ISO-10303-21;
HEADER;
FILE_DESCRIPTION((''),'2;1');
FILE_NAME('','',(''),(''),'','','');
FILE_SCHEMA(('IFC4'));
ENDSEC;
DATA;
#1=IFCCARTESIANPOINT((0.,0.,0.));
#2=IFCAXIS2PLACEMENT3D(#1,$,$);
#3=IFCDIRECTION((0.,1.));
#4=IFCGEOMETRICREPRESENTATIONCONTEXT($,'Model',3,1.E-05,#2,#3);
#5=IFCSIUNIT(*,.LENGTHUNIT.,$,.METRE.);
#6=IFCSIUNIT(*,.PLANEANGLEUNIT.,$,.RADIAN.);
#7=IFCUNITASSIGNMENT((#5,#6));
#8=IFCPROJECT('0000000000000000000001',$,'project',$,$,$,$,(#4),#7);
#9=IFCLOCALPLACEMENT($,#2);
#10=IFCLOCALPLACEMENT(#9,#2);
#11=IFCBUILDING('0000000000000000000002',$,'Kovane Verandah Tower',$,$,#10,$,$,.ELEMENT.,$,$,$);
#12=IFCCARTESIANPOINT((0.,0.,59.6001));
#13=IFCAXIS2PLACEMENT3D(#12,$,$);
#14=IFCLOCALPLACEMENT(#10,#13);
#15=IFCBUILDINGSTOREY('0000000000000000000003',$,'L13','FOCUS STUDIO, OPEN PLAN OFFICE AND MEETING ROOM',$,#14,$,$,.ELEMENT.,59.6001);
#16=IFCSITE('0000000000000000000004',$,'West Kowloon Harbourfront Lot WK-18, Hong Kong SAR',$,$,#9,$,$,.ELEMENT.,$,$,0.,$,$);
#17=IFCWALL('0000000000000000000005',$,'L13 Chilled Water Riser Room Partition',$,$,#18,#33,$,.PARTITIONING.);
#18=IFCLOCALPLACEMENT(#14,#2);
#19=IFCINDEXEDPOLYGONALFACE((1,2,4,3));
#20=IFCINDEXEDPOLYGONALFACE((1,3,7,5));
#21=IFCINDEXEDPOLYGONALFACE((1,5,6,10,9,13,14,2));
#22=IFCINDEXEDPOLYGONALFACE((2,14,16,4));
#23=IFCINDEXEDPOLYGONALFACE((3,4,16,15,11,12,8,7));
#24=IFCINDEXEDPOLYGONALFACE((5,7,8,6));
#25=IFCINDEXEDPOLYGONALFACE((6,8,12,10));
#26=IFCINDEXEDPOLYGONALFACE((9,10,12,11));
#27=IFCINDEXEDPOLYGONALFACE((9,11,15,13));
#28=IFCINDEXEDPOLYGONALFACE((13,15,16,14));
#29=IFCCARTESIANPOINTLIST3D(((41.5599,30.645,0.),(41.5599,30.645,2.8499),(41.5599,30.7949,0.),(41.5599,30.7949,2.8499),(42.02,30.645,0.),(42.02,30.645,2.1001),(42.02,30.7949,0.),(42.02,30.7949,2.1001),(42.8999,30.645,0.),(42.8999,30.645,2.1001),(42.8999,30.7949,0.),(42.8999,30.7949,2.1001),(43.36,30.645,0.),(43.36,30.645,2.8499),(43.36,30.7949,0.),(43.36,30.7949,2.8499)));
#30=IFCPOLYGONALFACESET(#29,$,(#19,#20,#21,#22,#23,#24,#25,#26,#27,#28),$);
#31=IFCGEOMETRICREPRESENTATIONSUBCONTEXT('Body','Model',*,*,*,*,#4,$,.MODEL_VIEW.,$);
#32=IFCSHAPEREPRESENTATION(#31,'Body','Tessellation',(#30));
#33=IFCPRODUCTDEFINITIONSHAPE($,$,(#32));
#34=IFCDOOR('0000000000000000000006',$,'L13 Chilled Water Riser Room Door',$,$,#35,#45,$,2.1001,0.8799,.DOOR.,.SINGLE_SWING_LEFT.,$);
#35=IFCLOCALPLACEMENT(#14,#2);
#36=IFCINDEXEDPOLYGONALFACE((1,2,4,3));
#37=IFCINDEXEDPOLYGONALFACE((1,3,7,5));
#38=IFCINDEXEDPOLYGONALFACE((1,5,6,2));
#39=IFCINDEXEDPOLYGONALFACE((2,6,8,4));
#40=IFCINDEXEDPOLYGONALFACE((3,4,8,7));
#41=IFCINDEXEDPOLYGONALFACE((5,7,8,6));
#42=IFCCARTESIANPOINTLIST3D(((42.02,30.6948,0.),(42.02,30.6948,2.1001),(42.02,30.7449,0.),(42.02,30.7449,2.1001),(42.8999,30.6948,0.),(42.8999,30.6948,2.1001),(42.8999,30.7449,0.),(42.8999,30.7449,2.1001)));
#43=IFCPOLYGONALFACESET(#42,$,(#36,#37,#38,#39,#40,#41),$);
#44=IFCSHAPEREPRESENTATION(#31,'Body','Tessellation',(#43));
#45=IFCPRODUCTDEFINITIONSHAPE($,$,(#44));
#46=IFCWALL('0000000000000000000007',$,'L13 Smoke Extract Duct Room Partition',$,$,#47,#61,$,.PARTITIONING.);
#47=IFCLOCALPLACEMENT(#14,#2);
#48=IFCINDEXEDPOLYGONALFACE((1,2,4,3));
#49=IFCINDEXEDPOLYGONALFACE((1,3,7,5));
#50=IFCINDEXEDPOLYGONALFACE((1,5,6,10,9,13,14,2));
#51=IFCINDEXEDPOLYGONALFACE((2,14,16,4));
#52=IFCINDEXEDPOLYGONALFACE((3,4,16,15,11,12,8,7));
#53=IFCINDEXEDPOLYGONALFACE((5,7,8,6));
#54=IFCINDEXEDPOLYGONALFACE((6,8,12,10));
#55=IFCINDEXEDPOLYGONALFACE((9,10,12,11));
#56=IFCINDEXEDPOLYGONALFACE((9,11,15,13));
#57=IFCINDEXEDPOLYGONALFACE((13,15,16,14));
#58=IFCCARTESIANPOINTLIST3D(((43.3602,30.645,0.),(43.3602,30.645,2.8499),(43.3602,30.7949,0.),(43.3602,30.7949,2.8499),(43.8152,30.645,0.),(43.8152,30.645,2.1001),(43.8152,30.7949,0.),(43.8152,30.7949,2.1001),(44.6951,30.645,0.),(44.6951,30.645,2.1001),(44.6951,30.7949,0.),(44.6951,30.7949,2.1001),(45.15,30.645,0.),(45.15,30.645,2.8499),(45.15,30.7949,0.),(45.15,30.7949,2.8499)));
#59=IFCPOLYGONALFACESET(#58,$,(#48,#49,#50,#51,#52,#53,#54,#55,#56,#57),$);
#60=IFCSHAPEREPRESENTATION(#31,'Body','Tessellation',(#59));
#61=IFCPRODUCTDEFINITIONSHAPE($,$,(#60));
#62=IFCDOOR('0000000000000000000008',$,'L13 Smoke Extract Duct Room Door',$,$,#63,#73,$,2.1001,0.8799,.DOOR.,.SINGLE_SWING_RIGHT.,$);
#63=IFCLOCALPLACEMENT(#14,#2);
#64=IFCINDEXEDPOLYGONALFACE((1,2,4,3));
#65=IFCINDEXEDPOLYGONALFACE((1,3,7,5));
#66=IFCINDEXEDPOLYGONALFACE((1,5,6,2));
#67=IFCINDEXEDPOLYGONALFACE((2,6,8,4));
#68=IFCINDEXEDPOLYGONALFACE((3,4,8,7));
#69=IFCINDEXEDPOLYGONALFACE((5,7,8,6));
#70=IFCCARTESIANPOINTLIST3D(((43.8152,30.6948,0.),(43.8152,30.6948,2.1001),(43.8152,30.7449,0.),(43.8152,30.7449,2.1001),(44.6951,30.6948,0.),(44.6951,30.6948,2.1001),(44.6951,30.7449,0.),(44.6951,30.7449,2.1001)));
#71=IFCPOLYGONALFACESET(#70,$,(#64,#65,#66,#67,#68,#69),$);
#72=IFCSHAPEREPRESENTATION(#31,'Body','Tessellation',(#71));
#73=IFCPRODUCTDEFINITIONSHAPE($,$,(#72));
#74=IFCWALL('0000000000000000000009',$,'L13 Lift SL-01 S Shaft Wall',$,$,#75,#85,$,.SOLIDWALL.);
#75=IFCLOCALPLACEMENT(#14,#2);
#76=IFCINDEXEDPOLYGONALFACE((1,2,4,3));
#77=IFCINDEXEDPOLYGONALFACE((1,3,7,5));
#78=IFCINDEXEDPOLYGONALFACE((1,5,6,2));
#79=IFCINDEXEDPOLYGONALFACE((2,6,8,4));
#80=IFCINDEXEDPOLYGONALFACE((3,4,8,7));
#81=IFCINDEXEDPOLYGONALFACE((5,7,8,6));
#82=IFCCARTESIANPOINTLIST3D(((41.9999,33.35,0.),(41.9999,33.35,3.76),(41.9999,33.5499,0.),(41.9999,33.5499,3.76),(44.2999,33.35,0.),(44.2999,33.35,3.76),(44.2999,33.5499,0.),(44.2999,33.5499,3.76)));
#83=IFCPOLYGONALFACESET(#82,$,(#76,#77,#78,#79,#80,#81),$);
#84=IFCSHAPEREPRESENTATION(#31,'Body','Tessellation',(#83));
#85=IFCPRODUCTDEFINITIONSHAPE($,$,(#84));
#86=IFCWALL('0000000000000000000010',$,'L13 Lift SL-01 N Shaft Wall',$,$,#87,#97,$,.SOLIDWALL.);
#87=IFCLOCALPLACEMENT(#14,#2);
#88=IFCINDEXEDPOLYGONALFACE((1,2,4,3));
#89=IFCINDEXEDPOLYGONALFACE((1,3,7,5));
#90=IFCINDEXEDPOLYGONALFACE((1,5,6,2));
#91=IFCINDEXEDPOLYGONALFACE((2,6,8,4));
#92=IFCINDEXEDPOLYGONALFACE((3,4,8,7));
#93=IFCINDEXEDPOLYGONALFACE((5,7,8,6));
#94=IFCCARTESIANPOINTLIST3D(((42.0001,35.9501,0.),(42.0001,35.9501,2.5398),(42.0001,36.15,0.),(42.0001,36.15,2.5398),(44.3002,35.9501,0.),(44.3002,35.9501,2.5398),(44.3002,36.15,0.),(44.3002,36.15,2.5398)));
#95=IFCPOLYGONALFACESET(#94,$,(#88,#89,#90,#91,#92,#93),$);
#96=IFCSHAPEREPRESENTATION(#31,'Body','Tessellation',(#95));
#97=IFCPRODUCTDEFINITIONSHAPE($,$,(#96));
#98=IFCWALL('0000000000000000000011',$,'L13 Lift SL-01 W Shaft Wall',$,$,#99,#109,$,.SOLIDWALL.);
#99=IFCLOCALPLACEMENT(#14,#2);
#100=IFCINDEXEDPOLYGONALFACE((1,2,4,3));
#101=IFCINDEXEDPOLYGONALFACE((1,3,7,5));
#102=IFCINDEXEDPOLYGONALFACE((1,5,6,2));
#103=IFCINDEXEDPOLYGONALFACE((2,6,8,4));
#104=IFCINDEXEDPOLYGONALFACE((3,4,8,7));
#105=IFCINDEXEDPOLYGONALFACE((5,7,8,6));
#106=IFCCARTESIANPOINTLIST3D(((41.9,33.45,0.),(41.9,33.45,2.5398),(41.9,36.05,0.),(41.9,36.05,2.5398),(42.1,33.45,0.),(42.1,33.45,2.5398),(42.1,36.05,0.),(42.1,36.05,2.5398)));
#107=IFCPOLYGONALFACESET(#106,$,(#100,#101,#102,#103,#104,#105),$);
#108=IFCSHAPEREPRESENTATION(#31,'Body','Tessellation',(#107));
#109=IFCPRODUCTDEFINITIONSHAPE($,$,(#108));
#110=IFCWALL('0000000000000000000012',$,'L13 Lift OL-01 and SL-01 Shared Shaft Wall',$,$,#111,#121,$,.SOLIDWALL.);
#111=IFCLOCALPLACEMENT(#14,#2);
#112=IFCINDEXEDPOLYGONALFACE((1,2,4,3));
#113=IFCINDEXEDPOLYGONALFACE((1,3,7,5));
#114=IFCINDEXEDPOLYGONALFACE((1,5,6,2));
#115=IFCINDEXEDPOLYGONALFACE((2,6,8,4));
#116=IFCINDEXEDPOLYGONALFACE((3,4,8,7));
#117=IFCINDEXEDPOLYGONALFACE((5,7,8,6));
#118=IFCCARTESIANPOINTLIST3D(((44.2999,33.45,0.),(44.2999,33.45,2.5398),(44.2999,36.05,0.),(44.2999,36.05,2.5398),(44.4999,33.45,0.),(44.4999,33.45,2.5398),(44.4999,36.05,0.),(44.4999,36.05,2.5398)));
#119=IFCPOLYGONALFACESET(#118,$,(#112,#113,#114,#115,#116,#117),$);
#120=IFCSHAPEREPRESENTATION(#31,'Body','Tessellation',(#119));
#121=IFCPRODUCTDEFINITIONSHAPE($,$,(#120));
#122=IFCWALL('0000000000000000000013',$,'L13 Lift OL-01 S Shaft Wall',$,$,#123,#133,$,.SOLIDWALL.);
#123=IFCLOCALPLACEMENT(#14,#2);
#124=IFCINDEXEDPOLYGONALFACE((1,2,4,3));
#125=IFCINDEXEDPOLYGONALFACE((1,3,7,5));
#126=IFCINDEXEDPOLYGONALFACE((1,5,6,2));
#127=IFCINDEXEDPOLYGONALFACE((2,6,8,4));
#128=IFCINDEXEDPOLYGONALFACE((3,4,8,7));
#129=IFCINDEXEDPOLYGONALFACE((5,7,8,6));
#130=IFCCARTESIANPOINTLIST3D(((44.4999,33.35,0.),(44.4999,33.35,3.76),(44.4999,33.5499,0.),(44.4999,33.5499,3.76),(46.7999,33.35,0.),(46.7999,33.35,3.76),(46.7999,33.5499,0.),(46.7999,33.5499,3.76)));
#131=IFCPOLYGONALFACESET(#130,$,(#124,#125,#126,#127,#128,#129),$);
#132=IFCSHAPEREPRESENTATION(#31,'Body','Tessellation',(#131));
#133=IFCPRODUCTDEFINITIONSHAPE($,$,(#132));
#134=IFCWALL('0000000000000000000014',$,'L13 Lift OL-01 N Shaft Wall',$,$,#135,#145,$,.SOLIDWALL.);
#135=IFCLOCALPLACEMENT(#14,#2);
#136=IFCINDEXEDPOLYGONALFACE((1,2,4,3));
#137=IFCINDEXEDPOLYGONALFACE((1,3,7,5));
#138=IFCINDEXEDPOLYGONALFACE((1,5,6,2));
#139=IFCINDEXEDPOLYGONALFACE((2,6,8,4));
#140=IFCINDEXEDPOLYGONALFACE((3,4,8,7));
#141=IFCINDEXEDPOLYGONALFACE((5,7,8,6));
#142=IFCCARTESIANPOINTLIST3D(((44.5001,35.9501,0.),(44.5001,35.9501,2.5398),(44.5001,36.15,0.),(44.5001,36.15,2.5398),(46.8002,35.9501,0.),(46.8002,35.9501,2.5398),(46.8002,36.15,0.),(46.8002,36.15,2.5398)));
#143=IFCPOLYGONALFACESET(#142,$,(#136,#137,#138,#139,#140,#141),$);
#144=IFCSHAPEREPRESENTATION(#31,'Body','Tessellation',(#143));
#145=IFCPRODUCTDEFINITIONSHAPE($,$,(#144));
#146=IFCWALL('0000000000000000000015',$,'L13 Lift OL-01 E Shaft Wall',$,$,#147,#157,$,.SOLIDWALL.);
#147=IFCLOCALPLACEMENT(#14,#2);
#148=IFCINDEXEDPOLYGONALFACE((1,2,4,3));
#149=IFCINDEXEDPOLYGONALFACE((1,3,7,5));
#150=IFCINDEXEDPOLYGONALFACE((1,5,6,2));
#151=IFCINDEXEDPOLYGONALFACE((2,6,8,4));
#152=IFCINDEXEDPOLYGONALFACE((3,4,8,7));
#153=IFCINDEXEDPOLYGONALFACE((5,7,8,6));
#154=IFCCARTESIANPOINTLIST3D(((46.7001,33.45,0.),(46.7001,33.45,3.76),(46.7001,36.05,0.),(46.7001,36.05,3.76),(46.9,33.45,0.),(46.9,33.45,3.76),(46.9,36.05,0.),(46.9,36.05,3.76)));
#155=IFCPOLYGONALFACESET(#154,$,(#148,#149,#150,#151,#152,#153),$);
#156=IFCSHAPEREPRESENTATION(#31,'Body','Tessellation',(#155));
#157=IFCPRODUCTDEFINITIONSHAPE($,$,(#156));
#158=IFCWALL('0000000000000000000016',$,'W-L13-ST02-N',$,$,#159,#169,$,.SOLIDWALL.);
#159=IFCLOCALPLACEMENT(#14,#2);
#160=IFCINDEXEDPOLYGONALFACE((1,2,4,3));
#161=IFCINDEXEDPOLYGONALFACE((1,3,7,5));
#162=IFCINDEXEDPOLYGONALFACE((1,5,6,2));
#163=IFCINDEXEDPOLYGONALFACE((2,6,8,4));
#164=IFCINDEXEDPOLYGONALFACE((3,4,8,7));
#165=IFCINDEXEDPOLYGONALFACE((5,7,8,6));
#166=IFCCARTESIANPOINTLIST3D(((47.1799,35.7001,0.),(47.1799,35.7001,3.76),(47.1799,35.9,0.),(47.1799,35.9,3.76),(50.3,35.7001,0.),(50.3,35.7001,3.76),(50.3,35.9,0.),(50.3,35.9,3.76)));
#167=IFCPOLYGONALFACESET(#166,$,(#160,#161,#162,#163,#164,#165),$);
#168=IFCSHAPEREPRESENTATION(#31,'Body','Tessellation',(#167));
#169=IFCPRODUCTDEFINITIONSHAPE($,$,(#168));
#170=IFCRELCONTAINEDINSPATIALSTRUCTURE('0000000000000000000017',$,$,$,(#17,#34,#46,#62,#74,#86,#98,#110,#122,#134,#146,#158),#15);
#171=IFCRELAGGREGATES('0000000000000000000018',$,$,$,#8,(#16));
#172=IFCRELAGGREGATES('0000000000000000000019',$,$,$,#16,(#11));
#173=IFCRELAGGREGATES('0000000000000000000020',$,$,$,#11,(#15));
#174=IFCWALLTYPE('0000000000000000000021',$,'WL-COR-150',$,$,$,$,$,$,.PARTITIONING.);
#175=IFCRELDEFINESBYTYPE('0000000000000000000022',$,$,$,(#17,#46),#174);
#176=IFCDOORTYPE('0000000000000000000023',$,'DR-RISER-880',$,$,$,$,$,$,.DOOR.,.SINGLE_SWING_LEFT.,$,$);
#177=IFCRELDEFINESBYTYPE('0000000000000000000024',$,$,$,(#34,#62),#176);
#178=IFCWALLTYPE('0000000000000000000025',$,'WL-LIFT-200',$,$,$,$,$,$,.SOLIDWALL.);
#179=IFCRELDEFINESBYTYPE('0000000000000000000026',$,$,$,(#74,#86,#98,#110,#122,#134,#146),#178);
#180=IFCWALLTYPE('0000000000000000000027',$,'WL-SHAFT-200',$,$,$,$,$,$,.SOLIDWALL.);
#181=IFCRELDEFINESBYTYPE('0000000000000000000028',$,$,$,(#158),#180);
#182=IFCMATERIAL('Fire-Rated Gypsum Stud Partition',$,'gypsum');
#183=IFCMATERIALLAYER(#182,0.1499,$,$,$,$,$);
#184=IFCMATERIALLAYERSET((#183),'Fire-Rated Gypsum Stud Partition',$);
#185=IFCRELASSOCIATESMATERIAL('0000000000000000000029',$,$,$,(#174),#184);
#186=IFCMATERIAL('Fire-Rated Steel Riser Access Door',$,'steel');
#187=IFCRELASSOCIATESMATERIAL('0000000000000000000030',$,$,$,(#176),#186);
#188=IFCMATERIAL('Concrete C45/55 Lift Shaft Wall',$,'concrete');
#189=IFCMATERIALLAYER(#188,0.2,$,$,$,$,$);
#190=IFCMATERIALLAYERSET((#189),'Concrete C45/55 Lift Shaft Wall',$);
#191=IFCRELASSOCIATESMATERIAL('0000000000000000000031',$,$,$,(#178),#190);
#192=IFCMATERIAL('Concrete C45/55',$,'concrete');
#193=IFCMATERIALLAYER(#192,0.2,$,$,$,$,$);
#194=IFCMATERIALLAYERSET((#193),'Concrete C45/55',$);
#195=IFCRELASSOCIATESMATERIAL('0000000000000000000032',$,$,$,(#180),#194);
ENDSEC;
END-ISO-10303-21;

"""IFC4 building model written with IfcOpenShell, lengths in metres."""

from ifc_helpers import new_model, si_unit, direction, frame, frame_2d, origin, place, context, subcontext, project, spatial, rectangle, extrude, material, layer, layer_set, type_object, element, fill, save


model = new_model("IFC4")

# Units and contexts
model_context = context("Model", 3, precision=1e-05, world=origin(), true_north=direction((0.0, 1.0)))
body_context = subcontext(model_context, "Body", "Model", "MODEL_VIEW")
ifc_project = project(units=[si_unit("LENGTHUNIT", "METRE"), si_unit("PLANEANGLEUNIT", "RADIAN")], contexts=[model_context])

# Site, building, storey
site_placement = place(None, origin())
site = spatial("IfcSite", under=ifc_project, at=site_placement, Name="West Kowloon Harbourfront Lot WK-18, Hong Kong SAR", CompositionType="ELEMENT", RefElevation=0.0)
building_placement = place(site_placement, origin())
building = spatial("IfcBuilding", under=site, at=building_placement, Name="Kovane Verandah Tower", CompositionType="ELEMENT")
storey_placement = place(building_placement, frame((0.0, 0.0, 59.6001)))
storey = spatial("IfcBuildingStorey", under=building, at=storey_placement, Name="L13", Description="FOCUS STUDIO, OPEN PLAN OFFICE AND MEETING ROOM", CompositionType="ELEMENT", Elevation=59.6001)

# Walls, openings, doors
ifc_material_1 = material(Name="Fire-Rated Gypsum Stud Partition", Category="gypsum")
ifc_layer_1 = layer(ifc_material_1, 0.1499)
ifc_layer_set_1 = layer_set([ifc_layer_1], Name="Fire-Rated Gypsum Stud Partition")
wall_type_1 = type_object("IfcWallType", Name="WL-COR-150", PredefinedType="PARTITIONING", material=ifc_layer_set_1)
wall_1_placement = place(storey_placement, frame((41.5601, 30.72, 0.0), z_axis=(0.0, 0.0, 1.0), x_axis=(1.0, 0.0, 0.0)))
wall_1 = element("IfcWall", 1, at=wall_1_placement, inside=storey, type_object=wall_type_1, Name="L13 Chilled Water Riser Room Partition", PredefinedType="PARTITIONING", context=body_context, shape_type="SweptSolid", body=[
    extrude(rectangle(XDim=1.8, YDim=0.1499, at=frame_2d((0.8999, 0.0))), origin(), (0.0, 0.0, 1.0), 2.8499),
])
opening_1_placement = place(wall_1_placement, frame((0.46, 0.0, 0.0)))
opening_1 = element("IfcOpeningElement", 2, at=opening_1_placement, cuts=wall_1, PredefinedType="OPENING", context=body_context, shape_type="SweptSolid", body=[
    extrude(rectangle(XDim=0.8799, YDim=2.1001, at=frame_2d((0.4399, 1.05))), frame((0.0, 0.075, 0.0), z_axis=(0.0, -1.0, 0.0), x_axis=(1.0, 0.0, 0.0)), (0.0, 0.0, 1.0), 0.1499),
])
ifc_material_2 = material(Name="Fire-Rated Steel Riser Access Door", Category="steel")
door_type = type_object("IfcDoorType", Name="DR-RISER-880", OperationType="SINGLE_SWING_LEFT", PredefinedType="DOOR", material=ifc_material_2)
door_1_placement = place(opening_1_placement, origin())
door_1 = element("IfcDoor", 3, at=door_1_placement, inside=storey, type_object=door_type, Name="L13 Chilled Water Riser Room Door", OperationType="SINGLE_SWING_LEFT", OverallHeight=2.1001, OverallWidth=0.8799, PredefinedType="DOOR", context=body_context, shape_type="SweptSolid", body=[
    extrude(rectangle(XDim=0.8799, YDim=2.1001, at=frame_2d((0.4399, 1.05))), frame((0.0, 0.0249, 0.0), z_axis=(0.0, -1.0, 0.0), x_axis=(1.0, 0.0, 0.0)), (0.0, 0.0, 1.0), 0.05),
])
fill(opening_1, door_1)
wall_2_placement = place(storey_placement, frame((43.3601, 30.72, 0.0), z_axis=(0.0, 0.0, 1.0), x_axis=(1.0, 0.0, 0.0)))
wall_2 = element("IfcWall", 4, at=wall_2_placement, inside=storey, type_object=wall_type_1, Name="L13 Smoke Extract Duct Room Partition", PredefinedType="PARTITIONING", context=body_context, shape_type="SweptSolid", body=[
    extrude(rectangle(XDim=1.7898, YDim=0.1499, at=frame_2d((0.895, 0.0))), origin(), (0.0, 0.0, 1.0), 2.8499),
])
opening_2_placement = place(wall_2_placement, frame((0.4551, 0.0, 0.0)))
opening_2 = element("IfcOpeningElement", 5, at=opening_2_placement, cuts=wall_2, PredefinedType="OPENING", context=body_context, shape_type="SweptSolid", body=[
    extrude(rectangle(XDim=0.8799, YDim=2.1001, at=frame_2d((0.4399, 1.05))), frame((0.0, 0.075, 0.0), z_axis=(0.0, -1.0, 0.0), x_axis=(1.0, 0.0, 0.0)), (0.0, 0.0, 1.0), 0.1499),
])
door_2_placement = place(opening_2_placement, origin())
door_2 = element("IfcDoor", 6, at=door_2_placement, inside=storey, type_object=door_type, Name="L13 Smoke Extract Duct Room Door", OperationType="SINGLE_SWING_RIGHT", OverallHeight=2.1001, OverallWidth=0.8799, PredefinedType="DOOR", context=body_context, shape_type="SweptSolid", body=[
    extrude(rectangle(XDim=0.8799, YDim=2.1001, at=frame_2d((0.4399, 1.05))), frame((0.0, 0.0249, 0.0), z_axis=(0.0, -1.0, 0.0), x_axis=(1.0, 0.0, 0.0)), (0.0, 0.0, 1.0), 0.05),
])
fill(opening_2, door_2)

# Walls
ifc_material_3 = material(Name="Concrete C45/55 Lift Shaft Wall", Category="concrete")
ifc_layer_2 = layer(ifc_material_3, 0.2)
ifc_layer_set_2 = layer_set([ifc_layer_2], Name="Concrete C45/55 Lift Shaft Wall")
wall_type_2 = type_object("IfcWallType", Name="WL-LIFT-200", PredefinedType="SOLIDWALL", material=ifc_layer_set_2)
wall_3_placement = place(storey_placement, frame((42.0, 33.45, 0.0), z_axis=(0.0, 0.0, 1.0), x_axis=(1.0, 0.0, 0.0)))
element("IfcWall", 7, at=wall_3_placement, inside=storey, type_object=wall_type_2, Name="L13 Lift SL-01 S Shaft Wall", PredefinedType="SOLIDWALL", context=body_context, shape_type="SweptSolid", body=[
    extrude(rectangle(XDim=2.3, YDim=0.2, at=frame_2d((1.1499, 0.0))), origin(), (0.0, 0.0, 1.0), 3.76),
])
wall_4_placement = place(storey_placement, frame((44.3, 36.05, 0.0), z_axis=(0.0, 0.0, 1.0), x_axis=(-1.0, 0.0, 0.0)))
element("IfcWall", 8, at=wall_4_placement, inside=storey, type_object=wall_type_2, Name="L13 Lift SL-01 N Shaft Wall", PredefinedType="SOLIDWALL", context=body_context, shape_type="SweptSolid", body=[
    extrude(rectangle(XDim=2.3, YDim=0.2, at=frame_2d((1.1499, 0.0))), origin(), (0.0, 0.0, 1.0), 2.5398),
])
for number, where, z_axis, x_axis, name in (
    (9, (42.0, 36.05, 0.0), (0.0, 0.0, 1.0), (0.0, -1.0, 0.0), "L13 Lift SL-01 W Shaft Wall"),
    (10, (44.3999, 33.45, 0.0), (0.0, 0.0, 1.0), (0.0, 1.0, 0.0), "L13 Lift OL-01 and SL-01 Shared Shaft Wall"),
):
    element("IfcWall", number, at=place(storey_placement, frame(where, z_axis=z_axis, x_axis=x_axis)), inside=storey, type_object=wall_type_2, Name=name, PredefinedType="SOLIDWALL", context=body_context, shape_type="SweptSolid", body=[
        extrude(rectangle(XDim=2.6001, YDim=0.2, at=frame_2d((1.3, 0.0))), origin(), (0.0, 0.0, 1.0), 2.5398),
    ])
wall_5_placement = place(storey_placement, frame((44.5, 33.45, 0.0), z_axis=(0.0, 0.0, 1.0), x_axis=(1.0, 0.0, 0.0)))
element("IfcWall", 11, at=wall_5_placement, inside=storey, type_object=wall_type_2, Name="L13 Lift OL-01 S Shaft Wall", PredefinedType="SOLIDWALL", context=body_context, shape_type="SweptSolid", body=[
    extrude(rectangle(XDim=2.3, YDim=0.2, at=frame_2d((1.1499, 0.0))), origin(), (0.0, 0.0, 1.0), 3.76),
])
wall_6_placement = place(storey_placement, frame((46.8, 36.05, 0.0), z_axis=(0.0, 0.0, 1.0), x_axis=(-1.0, 0.0, 0.0)))
element("IfcWall", 12, at=wall_6_placement, inside=storey, type_object=wall_type_2, Name="L13 Lift OL-01 N Shaft Wall", PredefinedType="SOLIDWALL", context=body_context, shape_type="SweptSolid", body=[
    extrude(rectangle(XDim=2.3, YDim=0.2, at=frame_2d((1.1499, 0.0))), origin(), (0.0, 0.0, 1.0), 2.5398),
])
wall_7_placement = place(storey_placement, frame((46.8, 33.45, 0.0), z_axis=(0.0, 0.0, 1.0), x_axis=(0.0, 1.0, 0.0)))
element("IfcWall", 13, at=wall_7_placement, inside=storey, type_object=wall_type_2, Name="L13 Lift OL-01 E Shaft Wall", PredefinedType="SOLIDWALL", context=body_context, shape_type="SweptSolid", body=[
    extrude(rectangle(XDim=2.6001, YDim=0.2, at=frame_2d((1.3, 0.0))), origin(), (0.0, 0.0, 1.0), 3.76),
])
ifc_material_4 = material(Name="Concrete C45/55", Category="concrete")
ifc_layer_3 = layer(ifc_material_4, 0.2)
ifc_layer_set_3 = layer_set([ifc_layer_3], Name="Concrete C45/55")
wall_type_3 = type_object("IfcWallType", Name="WL-SHAFT-200", PredefinedType="SOLIDWALL", material=ifc_layer_set_3)
wall_8_placement = place(storey_placement, frame((47.1799, 35.8, 0.0), z_axis=(0.0, 0.0, 1.0), x_axis=(1.0, 0.0, 0.0)))
element("IfcWall", 14, at=wall_8_placement, inside=storey, type_object=wall_type_3, Name="W-L13-ST02-N", PredefinedType="SOLIDWALL", context=body_context, shape_type="SweptSolid", body=[
    extrude(rectangle(XDim=3.1201, YDim=0.2, at=frame_2d((1.5601, 0.0))), origin(), (0.0, 0.0, 1.0), 3.76),
])

save(model, "model.ifc")
